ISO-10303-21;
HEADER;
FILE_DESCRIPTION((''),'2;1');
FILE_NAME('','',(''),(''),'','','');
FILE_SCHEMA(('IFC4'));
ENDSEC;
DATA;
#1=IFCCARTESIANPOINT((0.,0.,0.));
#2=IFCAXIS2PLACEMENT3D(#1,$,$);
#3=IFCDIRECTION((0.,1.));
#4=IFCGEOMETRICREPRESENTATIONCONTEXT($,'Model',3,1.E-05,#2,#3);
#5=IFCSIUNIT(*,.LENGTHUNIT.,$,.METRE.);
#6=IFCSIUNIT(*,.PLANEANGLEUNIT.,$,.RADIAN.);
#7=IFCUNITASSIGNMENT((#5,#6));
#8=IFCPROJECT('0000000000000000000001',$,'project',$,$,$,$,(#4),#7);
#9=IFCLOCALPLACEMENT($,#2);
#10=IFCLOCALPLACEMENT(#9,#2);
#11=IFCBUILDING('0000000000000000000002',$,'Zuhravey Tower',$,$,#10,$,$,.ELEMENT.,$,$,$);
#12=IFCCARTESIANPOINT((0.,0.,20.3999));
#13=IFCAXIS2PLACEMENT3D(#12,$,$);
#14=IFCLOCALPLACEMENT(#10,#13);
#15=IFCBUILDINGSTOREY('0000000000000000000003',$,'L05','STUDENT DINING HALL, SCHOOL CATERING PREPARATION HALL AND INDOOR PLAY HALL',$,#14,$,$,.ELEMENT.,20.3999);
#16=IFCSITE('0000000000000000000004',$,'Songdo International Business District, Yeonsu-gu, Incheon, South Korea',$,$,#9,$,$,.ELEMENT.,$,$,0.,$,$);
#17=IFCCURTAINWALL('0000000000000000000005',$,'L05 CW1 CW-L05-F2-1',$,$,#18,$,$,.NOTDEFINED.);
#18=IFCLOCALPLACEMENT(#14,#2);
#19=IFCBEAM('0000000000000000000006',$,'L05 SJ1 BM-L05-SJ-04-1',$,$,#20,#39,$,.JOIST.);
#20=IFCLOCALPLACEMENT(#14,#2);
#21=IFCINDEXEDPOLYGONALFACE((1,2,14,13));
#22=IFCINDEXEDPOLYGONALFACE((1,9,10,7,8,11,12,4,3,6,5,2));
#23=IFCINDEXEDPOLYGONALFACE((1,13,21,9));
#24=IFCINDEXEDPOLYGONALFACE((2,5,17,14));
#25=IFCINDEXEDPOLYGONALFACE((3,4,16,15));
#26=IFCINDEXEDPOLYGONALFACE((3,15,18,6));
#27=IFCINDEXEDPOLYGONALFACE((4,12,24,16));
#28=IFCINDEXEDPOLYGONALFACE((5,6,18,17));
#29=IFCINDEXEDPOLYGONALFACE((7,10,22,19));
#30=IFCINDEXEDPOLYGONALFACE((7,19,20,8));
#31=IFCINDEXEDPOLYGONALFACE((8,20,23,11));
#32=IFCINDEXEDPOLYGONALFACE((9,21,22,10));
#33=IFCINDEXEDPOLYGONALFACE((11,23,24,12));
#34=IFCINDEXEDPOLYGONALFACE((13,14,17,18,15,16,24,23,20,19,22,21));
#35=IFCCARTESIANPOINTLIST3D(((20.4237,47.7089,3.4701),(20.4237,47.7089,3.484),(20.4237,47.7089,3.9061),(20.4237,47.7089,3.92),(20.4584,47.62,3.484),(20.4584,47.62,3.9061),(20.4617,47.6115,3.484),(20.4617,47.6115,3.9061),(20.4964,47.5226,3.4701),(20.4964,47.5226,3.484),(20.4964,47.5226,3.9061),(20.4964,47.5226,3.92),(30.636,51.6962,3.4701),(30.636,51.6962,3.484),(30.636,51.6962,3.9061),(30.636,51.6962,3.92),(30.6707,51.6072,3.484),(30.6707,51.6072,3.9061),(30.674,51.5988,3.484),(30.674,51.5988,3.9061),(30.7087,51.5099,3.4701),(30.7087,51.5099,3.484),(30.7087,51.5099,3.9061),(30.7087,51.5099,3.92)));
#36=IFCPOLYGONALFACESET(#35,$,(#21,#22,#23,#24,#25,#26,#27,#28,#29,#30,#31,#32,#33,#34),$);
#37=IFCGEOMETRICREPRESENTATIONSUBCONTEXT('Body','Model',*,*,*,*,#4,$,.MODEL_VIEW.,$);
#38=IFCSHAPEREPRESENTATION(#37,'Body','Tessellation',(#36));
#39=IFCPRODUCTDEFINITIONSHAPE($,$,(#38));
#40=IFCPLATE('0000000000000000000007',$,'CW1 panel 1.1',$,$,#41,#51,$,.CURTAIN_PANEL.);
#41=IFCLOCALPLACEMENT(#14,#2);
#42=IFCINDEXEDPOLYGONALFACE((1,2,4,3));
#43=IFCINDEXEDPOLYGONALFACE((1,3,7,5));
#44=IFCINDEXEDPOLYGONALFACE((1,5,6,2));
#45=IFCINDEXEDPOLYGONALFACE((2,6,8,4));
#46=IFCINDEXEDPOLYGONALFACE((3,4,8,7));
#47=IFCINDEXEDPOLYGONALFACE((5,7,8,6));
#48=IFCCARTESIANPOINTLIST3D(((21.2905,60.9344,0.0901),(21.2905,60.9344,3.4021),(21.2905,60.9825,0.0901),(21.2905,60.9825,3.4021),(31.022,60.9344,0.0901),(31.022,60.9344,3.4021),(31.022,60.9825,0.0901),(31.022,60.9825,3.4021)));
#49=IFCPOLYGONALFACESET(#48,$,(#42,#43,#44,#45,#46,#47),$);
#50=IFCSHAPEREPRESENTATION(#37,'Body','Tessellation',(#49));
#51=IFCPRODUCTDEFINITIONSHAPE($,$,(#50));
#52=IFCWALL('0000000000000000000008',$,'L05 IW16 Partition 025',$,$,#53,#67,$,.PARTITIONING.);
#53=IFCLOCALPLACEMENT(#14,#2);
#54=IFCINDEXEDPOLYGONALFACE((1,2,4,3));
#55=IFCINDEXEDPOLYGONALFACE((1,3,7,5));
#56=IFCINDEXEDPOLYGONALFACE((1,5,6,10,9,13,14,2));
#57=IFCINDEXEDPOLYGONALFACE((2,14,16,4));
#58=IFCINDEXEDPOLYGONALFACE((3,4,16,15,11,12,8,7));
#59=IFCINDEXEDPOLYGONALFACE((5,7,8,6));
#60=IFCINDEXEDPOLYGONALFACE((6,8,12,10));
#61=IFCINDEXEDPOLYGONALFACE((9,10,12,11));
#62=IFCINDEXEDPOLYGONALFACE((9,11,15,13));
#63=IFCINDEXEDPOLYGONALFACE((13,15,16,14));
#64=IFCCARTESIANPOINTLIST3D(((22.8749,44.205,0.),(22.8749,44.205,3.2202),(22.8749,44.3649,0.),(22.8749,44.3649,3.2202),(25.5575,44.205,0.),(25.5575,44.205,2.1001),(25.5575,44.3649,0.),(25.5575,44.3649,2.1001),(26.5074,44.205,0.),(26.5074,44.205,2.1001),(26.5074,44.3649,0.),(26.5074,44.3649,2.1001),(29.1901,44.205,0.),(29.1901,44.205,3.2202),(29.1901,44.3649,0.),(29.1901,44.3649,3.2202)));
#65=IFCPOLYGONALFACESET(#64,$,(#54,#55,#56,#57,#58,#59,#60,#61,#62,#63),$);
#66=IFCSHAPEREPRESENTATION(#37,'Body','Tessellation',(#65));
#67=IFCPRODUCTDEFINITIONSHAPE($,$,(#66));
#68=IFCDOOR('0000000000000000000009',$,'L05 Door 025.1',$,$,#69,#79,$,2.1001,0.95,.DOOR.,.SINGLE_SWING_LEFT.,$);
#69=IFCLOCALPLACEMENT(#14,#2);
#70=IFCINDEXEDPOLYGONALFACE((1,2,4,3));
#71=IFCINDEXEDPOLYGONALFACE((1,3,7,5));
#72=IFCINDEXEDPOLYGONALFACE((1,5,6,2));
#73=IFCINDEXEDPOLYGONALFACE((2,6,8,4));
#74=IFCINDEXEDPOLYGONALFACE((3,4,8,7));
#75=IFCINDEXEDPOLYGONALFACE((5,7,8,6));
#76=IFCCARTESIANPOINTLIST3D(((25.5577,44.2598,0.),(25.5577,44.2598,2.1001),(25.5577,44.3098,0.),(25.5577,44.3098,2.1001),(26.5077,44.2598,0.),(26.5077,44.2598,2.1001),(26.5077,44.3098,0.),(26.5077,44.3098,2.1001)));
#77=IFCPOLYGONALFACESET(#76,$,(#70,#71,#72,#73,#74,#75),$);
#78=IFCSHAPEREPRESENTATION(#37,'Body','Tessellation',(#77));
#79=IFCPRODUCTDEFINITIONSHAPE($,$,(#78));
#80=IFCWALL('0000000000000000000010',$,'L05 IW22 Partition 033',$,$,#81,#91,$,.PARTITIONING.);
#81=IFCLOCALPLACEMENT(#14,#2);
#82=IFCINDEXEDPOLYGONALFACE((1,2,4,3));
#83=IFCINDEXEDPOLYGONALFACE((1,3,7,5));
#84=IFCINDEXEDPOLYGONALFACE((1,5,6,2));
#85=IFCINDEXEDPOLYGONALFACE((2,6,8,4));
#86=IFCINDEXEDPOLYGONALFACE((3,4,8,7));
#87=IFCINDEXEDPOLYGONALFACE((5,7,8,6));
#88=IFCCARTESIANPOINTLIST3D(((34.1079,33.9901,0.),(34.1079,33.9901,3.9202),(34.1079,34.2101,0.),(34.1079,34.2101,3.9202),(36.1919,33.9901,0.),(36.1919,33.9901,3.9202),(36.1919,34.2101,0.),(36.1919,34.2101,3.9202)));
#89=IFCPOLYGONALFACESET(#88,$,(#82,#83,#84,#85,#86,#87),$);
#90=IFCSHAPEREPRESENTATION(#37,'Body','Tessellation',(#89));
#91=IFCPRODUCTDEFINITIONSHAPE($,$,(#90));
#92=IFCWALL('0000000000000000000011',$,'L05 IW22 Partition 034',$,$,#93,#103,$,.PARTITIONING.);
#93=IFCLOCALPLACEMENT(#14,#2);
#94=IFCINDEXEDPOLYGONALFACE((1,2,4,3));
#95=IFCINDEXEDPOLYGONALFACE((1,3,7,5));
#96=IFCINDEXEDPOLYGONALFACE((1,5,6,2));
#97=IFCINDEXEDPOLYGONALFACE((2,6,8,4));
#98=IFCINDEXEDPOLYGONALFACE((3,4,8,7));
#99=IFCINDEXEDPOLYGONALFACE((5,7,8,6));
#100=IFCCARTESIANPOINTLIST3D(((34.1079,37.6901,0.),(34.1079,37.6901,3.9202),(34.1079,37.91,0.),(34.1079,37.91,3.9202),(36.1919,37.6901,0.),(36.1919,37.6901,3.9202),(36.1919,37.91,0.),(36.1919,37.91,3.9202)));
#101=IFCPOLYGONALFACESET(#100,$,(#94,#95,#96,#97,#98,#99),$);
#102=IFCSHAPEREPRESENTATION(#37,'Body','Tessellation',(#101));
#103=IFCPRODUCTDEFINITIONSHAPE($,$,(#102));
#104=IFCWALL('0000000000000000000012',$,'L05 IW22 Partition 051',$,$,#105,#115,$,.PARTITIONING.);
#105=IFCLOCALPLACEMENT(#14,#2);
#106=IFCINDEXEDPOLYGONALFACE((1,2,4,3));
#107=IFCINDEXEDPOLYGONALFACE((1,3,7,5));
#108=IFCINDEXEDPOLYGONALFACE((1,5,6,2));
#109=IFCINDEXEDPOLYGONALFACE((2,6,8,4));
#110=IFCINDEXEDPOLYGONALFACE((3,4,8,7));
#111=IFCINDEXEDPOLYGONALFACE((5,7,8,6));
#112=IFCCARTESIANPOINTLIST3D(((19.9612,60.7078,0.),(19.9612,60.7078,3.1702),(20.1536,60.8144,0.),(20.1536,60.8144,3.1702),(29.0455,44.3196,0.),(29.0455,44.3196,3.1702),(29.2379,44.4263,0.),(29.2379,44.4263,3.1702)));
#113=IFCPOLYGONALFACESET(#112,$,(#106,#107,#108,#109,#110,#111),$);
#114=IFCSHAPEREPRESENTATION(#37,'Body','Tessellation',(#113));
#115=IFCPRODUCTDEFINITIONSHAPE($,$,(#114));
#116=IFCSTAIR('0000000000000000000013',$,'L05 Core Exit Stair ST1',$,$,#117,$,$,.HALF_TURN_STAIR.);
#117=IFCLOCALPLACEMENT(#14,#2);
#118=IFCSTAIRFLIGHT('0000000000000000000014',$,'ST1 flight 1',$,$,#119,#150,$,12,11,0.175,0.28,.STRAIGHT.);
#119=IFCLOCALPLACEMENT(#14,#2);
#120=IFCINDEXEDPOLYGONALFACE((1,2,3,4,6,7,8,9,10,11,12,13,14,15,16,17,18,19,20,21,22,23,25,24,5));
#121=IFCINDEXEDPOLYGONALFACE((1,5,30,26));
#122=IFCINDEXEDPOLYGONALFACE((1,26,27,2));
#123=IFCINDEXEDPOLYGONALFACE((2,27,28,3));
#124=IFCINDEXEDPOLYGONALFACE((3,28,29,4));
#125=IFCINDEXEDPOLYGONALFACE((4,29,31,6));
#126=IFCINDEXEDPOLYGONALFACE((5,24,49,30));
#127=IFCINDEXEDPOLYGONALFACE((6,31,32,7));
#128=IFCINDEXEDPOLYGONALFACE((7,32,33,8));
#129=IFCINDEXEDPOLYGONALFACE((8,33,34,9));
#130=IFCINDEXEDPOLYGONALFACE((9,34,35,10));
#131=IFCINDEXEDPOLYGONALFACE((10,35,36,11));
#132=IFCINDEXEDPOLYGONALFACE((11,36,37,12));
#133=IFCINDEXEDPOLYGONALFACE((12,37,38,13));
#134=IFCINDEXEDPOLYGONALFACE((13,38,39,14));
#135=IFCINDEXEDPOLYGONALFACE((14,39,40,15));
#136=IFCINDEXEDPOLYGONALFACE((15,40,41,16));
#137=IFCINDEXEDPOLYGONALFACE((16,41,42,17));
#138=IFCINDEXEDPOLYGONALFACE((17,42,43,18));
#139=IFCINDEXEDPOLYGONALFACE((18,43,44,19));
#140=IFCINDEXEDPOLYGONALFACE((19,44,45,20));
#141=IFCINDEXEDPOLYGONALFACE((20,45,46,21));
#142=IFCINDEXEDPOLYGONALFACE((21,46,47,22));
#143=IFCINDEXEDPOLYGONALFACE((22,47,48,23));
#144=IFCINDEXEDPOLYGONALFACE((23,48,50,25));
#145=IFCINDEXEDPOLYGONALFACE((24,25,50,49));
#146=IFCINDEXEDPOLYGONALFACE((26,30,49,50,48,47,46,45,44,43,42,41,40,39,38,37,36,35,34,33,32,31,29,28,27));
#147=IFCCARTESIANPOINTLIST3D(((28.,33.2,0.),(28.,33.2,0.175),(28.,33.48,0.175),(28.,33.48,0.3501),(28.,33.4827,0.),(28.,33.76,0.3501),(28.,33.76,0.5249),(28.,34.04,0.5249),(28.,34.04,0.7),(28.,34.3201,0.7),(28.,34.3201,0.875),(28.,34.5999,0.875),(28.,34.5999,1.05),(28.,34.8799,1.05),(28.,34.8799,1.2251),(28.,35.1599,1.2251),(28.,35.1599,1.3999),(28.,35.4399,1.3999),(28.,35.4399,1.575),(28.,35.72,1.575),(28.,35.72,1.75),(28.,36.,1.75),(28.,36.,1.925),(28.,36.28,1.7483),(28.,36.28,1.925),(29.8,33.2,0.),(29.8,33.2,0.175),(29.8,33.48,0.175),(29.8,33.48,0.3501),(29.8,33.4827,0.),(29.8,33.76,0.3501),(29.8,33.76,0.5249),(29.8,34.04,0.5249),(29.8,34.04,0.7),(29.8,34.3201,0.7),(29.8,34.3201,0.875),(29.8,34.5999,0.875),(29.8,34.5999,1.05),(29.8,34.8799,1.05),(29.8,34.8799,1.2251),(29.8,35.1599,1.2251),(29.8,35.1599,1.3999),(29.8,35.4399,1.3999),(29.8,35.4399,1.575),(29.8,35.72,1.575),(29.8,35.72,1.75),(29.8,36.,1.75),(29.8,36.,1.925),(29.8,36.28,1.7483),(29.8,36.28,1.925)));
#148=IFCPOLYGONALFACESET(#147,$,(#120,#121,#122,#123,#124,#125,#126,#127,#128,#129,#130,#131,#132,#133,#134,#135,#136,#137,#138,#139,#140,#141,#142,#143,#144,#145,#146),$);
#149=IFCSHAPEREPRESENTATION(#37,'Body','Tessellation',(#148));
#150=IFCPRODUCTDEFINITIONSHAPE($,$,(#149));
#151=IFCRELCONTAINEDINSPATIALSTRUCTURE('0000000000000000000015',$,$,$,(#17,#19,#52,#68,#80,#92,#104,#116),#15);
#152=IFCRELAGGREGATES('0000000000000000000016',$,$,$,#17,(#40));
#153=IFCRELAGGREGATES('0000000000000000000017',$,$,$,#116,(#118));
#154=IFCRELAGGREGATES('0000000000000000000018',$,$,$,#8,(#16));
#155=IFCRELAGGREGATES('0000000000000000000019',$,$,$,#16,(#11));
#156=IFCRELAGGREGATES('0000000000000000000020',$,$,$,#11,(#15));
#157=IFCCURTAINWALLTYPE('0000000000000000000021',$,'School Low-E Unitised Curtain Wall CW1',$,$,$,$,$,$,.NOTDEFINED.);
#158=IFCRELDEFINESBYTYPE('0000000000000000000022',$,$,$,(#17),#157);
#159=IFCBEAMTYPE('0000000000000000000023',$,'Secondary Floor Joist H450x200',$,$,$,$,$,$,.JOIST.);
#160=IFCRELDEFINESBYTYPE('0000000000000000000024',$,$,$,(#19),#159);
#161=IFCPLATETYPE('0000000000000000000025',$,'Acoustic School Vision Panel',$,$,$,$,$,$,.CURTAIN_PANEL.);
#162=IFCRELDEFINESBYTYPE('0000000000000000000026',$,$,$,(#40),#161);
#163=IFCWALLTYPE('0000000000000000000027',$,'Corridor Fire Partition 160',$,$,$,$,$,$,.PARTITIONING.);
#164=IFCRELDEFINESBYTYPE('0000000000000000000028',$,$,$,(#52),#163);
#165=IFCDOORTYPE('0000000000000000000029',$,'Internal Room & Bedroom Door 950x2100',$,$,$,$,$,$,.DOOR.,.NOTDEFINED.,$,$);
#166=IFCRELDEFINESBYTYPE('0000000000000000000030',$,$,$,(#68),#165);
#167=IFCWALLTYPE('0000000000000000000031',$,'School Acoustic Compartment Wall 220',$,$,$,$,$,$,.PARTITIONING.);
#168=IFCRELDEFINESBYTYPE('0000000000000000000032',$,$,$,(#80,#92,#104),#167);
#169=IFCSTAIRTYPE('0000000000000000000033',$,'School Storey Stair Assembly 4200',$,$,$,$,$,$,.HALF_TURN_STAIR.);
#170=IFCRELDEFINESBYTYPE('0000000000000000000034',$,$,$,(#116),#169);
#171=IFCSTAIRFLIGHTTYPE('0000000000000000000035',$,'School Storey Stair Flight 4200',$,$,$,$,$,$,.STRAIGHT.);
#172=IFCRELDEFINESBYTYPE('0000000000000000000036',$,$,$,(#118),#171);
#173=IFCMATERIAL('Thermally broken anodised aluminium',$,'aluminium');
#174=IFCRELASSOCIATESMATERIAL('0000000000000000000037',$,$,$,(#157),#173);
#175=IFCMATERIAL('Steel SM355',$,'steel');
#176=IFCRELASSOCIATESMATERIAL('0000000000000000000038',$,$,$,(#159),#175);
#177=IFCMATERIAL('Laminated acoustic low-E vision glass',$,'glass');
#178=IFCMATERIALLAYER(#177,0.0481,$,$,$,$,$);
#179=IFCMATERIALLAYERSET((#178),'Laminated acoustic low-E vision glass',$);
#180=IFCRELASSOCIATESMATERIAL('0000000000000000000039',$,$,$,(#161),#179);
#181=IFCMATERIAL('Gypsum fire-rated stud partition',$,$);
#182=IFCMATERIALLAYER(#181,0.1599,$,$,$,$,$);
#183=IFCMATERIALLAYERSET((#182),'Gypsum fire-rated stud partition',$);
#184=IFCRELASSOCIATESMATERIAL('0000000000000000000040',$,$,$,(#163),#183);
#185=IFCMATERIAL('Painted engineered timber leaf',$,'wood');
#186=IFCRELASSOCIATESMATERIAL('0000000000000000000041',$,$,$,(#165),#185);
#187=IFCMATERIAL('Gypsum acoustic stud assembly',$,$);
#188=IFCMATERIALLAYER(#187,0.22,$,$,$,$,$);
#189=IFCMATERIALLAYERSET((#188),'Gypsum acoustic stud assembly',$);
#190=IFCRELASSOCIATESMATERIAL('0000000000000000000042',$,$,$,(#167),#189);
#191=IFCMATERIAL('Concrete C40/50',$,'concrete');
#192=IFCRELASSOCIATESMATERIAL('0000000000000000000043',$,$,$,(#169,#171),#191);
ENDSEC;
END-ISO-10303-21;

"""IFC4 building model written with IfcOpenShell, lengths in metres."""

from ifc_helpers import new_model, si_unit, direction, frame, frame_2d, origin, origin_2d, place, context, subcontext, project, spatial, polyline, rectangle, i_section, outline, extrude, material, layer, layer_set, material_profile, profile_set, type_object, element, fill, aggregate, save


model = new_model("IFC4")

# Units and contexts
model_context = context("Model", 3, precision=1e-05, world=origin(), true_north=direction((0.0, 1.0)))
body_context = subcontext(model_context, "Body", "Model", "MODEL_VIEW")
ifc_project = project(units=[si_unit("LENGTHUNIT", "METRE"), si_unit("PLANEANGLEUNIT", "RADIAN")], contexts=[model_context])

# Site, building, storey
site_placement = place(None, origin())
site = spatial("IfcSite", under=ifc_project, at=site_placement, Name="Songdo International Business District, Yeonsu-gu, Incheon, South Korea", CompositionType="ELEMENT", RefElevation=0.0)
building_placement = place(site_placement, origin())
building = spatial("IfcBuilding", under=site, at=building_placement, Name="Zuhravey Tower", CompositionType="ELEMENT")
storey_placement = place(building_placement, frame((0.0, 0.0, 20.3999)))
storey = spatial("IfcBuildingStorey", under=building, at=storey_placement, Name="L05", Description="STUDENT DINING HALL, SCHOOL CATERING PREPARATION HALL AND INDOOR PLAY HALL", CompositionType="ELEMENT", Elevation=20.3999)

# Curtain wall
ifc_material_1 = material(Name="Thermally broken anodised aluminium", Category="aluminium")
curtain_wall_type = type_object("IfcCurtainWallType", Name="School Low-E Unitised Curtain Wall CW1", PredefinedType="NOTDEFINED", material=ifc_material_1)
curtain_wall_placement = place(storey_placement, origin())
curtain_wall = element("IfcCurtainWall", 1, at=curtain_wall_placement, inside=storey, type_object=curtain_wall_type, Name="L05 CW1 CW-L05-F2-1", PredefinedType="NOTDEFINED")

# Beam
ifc_material_2 = material(Name="Steel SM355", Category="steel")
ifc_material_profile_1 = material_profile(ifc_material_2, i_section(OverallWidth=0.2, OverallDepth=0.45, WebThickness=0.009, FlangeThickness=0.0139, at=origin_2d()), Name="H-450x200x9x14")
ifc_profile_set_1 = profile_set([ifc_material_profile_1], Name="Steel SM355")
beam_type_1 = type_object("IfcBeamType", Name="Secondary Floor Joist H450x200", PredefinedType="JOIST", material=ifc_profile_set_1)
beam_1_placement = place(storey_placement, frame((30.6724, 51.603, 3.6951), z_axis=(-0.931517, -0.363699, 0.0), x_axis=(0.363699, -0.931517, 0.0)))
element("IfcBeam", 2, at=beam_1_placement, inside=storey, type_object=beam_type_1, Name="L05 SJ1 BM-L05-SJ-04-1", PredefinedType="JOIST", context=body_context, shape_type="SweptSolid", body=[
    extrude(i_section(OverallWidth=0.2, OverallDepth=0.45, WebThickness=0.009, FlangeThickness=0.0139, at=origin_2d()), origin(), (0.0, 0.0, 1.0), 10.9631),
])

# Plate
ifc_material_3 = material(Name="Laminated acoustic low-E vision glass", Category="glass")
ifc_layer_1 = layer(ifc_material_3, 0.0481)
ifc_layer_set_1 = layer_set([ifc_layer_1], Name="Laminated acoustic low-E vision glass")
plate_type = type_object("IfcPlateType", Name="Acoustic School Vision Panel", PredefinedType="CURTAIN_PANEL", material=ifc_layer_set_1)
plate_placement = place(storey_placement, frame((26.1562, 60.9585, 0.0901), z_axis=(0.0, 0.0, 1.0), x_axis=(1.0, 0.0, 0.0)))
plate = element("IfcPlate", 3, at=plate_placement, type_object=plate_type, Name="CW1 panel 1.1", PredefinedType="CURTAIN_PANEL", context=body_context, shape_type="SweptSolid", body=[
    extrude(rectangle(XDim=9.7314, YDim=0.0481, at=origin_2d()), origin(), (0.0, 0.0, 1.0), 3.312),
])
aggregate(curtain_wall, [plate])

# Wall, opening, door
ifc_material_4 = material(Name="Gypsum fire-rated stud partition")
ifc_layer_2 = layer(ifc_material_4, 0.1599)
ifc_layer_set_2 = layer_set([ifc_layer_2], Name="Gypsum fire-rated stud partition")
wall_type_1 = type_object("IfcWallType", Name="Corridor Fire Partition 160", PredefinedType="PARTITIONING", material=ifc_layer_set_2)
wall_1_placement = place(storey_placement, frame((29.1902, 44.2849, 0.0), z_axis=(0.0, 0.0, 1.0), x_axis=(-1.0, 0.0, 0.0)))
wall_1 = element("IfcWall", 4, at=wall_1_placement, inside=storey, type_object=wall_type_1, Name="L05 IW16 Partition 025", PredefinedType="PARTITIONING", context=body_context, shape_type="SweptSolid", body=[
    extrude(rectangle(XDim=6.3152, YDim=0.1599, at=frame_2d((3.1577, 0.0))), origin(), (0.0, 0.0, 1.0), 3.2202),
])
opening_placement = place(wall_1_placement, frame((2.6826, 0.0, 0.0)))
opening = element("IfcOpeningElement", 5, at=opening_placement, cuts=wall_1, PredefinedType="OPENING", context=body_context, shape_type="SweptSolid", body=[
    extrude(rectangle(XDim=0.95, YDim=2.1001, at=frame_2d((0.4751, 1.05))), frame((0.0, 0.092, 0.0), z_axis=(0.0, -1.0, 0.0), x_axis=(1.0, 0.0, 0.0)), (0.0, 0.0, 1.0), 0.1838),
])
ifc_material_5 = material(Name="Painted engineered timber leaf", Category="wood")
door_type = type_object("IfcDoorType", Name="Internal Room & Bedroom Door 950x2100", OperationType="NOTDEFINED", PredefinedType="DOOR", material=ifc_material_5)
door_placement = place(opening_placement, frame((0.95, 0.0, 0.0), z_axis=(0.0, 0.0, 1.0), x_axis=(-1.0, 0.0, 0.0)))
door = element("IfcDoor", 6, at=door_placement, inside=storey, type_object=door_type, Name="L05 Door 025.1", OperationType="SINGLE_SWING_LEFT", OverallHeight=2.1001, OverallWidth=0.95, PredefinedType="DOOR", context=body_context, shape_type="SweptSolid", body=[
    extrude(rectangle(XDim=0.95, YDim=2.1001, at=frame_2d((0.4751, 1.05))), frame((0.0, 0.0249, 0.0), z_axis=(0.0, -1.0, 0.0), x_axis=(1.0, 0.0, 0.0)), (0.0, 0.0, 1.0), 0.05),
])
fill(opening, door)

# Walls
ifc_material_6 = material(Name="Gypsum acoustic stud assembly")
ifc_layer_3 = layer(ifc_material_6, 0.22)
ifc_layer_set_3 = layer_set([ifc_layer_3], Name="Gypsum acoustic stud assembly")
wall_type_2 = type_object("IfcWallType", Name="School Acoustic Compartment Wall 220", PredefinedType="PARTITIONING", material=ifc_layer_set_3)
for number, where, z_axis, x_axis, name in (
    (7, (34.1079, 34.1001, 0.0), (0.0, 0.0, 1.0), (1.0, 0.0, 0.0), "L05 IW22 Partition 033"),
    (8, (34.1079, 37.8, 0.0), (0.0, 0.0, 1.0), (1.0, 0.0, 0.0), "L05 IW22 Partition 034"),
):
    element("IfcWall", number, at=place(storey_placement, frame(where, z_axis=z_axis, x_axis=x_axis)), inside=storey, type_object=wall_type_2, Name=name, PredefinedType="PARTITIONING", context=body_context, shape_type="SweptSolid", body=[
        extrude(rectangle(XDim=2.084, YDim=0.22, at=frame_2d((1.042, 0.0))), origin(), (0.0, 0.0, 1.0), 3.9202),
    ])
wall_2_placement = place(storey_placement, frame((29.1416, 44.373, 0.0), z_axis=(0.0, 0.0, 1.0), x_axis=(-0.484814, 0.874617, 0.0)))
element("IfcWall", 9, at=wall_2_placement, inside=storey, type_object=wall_type_2, Name="L05 IW22 Partition 051", PredefinedType="PARTITIONING", context=body_context, shape_type="SweptSolid", body=[
    extrude(rectangle(XDim=18.7375, YDim=0.22, at=frame_2d((9.3687, 0.0))), origin(), (0.0, 0.0, 1.0), 3.1702),
])

# Stair, stair flight
ifc_material_7 = material(Name="Concrete C40/50", Category="concrete")
stair_type = type_object("IfcStairType", Name="School Storey Stair Assembly 4200", PredefinedType="HALF_TURN_STAIR", material=ifc_material_7)
stair_1_placement = place(storey_placement, origin())
stair_1 = element("IfcStair", 10, at=stair_1_placement, inside=storey, type_object=stair_type, Name="L05 Core Exit Stair ST1", PredefinedType="HALF_TURN_STAIR")
stair_flight_type = type_object("IfcStairFlightType", Name="School Storey Stair Flight 4200", PredefinedType="STRAIGHT", material=ifc_material_7)
stair_flight_1_placement = place(storey_placement, frame((28.8999, 33.2, 0.0), z_axis=(0.0, 0.0, 1.0), x_axis=(0.0, 1.0, 0.0)))
stair_flight_1 = element("IfcStairFlight", 11, at=stair_flight_1_placement, type_object=stair_flight_type, Name="ST1 flight 1", NumberOfRisers=12, NumberOfTreads=11, PredefinedType="STRAIGHT", RiserHeight=0.175, TreadLength=0.28, context=body_context, shape_type="SweptSolid", body=[
    extrude(outline(polyline([(0.0, 0.0), (0.0, 0.175), (0.28, 0.175), (0.28, 0.3501), (0.5601, 0.3501), (0.5601, 0.5249), (0.8401, 0.5249), (0.8401, 0.7), (1.1201, 0.7), (1.1201, 0.875), (1.3999, 0.875), (1.3999, 1.05), (1.6799, 1.05), (1.6799, 1.2251), (1.96, 1.2251), (1.96, 1.3999), (2.24, 1.3999), (2.24, 1.575), (2.52, 1.575), (2.52, 1.75), (2.8, 1.75), (2.8, 1.925), (3.0801, 1.925), (3.0801, 2.1001), (3.0801, 1.7483), (0.2827, 0.0), (0.0, 0.0)])), frame((0.0, 0.8999, 0.0), z_axis=(0.0, -1.0, 0.0), x_axis=(1.0, 0.0, 0.0)), (0.0, 0.0, 1.0), 1.8),
])
aggregate(stair_1, [stair_flight_1])

save(model, "model.ifc")
